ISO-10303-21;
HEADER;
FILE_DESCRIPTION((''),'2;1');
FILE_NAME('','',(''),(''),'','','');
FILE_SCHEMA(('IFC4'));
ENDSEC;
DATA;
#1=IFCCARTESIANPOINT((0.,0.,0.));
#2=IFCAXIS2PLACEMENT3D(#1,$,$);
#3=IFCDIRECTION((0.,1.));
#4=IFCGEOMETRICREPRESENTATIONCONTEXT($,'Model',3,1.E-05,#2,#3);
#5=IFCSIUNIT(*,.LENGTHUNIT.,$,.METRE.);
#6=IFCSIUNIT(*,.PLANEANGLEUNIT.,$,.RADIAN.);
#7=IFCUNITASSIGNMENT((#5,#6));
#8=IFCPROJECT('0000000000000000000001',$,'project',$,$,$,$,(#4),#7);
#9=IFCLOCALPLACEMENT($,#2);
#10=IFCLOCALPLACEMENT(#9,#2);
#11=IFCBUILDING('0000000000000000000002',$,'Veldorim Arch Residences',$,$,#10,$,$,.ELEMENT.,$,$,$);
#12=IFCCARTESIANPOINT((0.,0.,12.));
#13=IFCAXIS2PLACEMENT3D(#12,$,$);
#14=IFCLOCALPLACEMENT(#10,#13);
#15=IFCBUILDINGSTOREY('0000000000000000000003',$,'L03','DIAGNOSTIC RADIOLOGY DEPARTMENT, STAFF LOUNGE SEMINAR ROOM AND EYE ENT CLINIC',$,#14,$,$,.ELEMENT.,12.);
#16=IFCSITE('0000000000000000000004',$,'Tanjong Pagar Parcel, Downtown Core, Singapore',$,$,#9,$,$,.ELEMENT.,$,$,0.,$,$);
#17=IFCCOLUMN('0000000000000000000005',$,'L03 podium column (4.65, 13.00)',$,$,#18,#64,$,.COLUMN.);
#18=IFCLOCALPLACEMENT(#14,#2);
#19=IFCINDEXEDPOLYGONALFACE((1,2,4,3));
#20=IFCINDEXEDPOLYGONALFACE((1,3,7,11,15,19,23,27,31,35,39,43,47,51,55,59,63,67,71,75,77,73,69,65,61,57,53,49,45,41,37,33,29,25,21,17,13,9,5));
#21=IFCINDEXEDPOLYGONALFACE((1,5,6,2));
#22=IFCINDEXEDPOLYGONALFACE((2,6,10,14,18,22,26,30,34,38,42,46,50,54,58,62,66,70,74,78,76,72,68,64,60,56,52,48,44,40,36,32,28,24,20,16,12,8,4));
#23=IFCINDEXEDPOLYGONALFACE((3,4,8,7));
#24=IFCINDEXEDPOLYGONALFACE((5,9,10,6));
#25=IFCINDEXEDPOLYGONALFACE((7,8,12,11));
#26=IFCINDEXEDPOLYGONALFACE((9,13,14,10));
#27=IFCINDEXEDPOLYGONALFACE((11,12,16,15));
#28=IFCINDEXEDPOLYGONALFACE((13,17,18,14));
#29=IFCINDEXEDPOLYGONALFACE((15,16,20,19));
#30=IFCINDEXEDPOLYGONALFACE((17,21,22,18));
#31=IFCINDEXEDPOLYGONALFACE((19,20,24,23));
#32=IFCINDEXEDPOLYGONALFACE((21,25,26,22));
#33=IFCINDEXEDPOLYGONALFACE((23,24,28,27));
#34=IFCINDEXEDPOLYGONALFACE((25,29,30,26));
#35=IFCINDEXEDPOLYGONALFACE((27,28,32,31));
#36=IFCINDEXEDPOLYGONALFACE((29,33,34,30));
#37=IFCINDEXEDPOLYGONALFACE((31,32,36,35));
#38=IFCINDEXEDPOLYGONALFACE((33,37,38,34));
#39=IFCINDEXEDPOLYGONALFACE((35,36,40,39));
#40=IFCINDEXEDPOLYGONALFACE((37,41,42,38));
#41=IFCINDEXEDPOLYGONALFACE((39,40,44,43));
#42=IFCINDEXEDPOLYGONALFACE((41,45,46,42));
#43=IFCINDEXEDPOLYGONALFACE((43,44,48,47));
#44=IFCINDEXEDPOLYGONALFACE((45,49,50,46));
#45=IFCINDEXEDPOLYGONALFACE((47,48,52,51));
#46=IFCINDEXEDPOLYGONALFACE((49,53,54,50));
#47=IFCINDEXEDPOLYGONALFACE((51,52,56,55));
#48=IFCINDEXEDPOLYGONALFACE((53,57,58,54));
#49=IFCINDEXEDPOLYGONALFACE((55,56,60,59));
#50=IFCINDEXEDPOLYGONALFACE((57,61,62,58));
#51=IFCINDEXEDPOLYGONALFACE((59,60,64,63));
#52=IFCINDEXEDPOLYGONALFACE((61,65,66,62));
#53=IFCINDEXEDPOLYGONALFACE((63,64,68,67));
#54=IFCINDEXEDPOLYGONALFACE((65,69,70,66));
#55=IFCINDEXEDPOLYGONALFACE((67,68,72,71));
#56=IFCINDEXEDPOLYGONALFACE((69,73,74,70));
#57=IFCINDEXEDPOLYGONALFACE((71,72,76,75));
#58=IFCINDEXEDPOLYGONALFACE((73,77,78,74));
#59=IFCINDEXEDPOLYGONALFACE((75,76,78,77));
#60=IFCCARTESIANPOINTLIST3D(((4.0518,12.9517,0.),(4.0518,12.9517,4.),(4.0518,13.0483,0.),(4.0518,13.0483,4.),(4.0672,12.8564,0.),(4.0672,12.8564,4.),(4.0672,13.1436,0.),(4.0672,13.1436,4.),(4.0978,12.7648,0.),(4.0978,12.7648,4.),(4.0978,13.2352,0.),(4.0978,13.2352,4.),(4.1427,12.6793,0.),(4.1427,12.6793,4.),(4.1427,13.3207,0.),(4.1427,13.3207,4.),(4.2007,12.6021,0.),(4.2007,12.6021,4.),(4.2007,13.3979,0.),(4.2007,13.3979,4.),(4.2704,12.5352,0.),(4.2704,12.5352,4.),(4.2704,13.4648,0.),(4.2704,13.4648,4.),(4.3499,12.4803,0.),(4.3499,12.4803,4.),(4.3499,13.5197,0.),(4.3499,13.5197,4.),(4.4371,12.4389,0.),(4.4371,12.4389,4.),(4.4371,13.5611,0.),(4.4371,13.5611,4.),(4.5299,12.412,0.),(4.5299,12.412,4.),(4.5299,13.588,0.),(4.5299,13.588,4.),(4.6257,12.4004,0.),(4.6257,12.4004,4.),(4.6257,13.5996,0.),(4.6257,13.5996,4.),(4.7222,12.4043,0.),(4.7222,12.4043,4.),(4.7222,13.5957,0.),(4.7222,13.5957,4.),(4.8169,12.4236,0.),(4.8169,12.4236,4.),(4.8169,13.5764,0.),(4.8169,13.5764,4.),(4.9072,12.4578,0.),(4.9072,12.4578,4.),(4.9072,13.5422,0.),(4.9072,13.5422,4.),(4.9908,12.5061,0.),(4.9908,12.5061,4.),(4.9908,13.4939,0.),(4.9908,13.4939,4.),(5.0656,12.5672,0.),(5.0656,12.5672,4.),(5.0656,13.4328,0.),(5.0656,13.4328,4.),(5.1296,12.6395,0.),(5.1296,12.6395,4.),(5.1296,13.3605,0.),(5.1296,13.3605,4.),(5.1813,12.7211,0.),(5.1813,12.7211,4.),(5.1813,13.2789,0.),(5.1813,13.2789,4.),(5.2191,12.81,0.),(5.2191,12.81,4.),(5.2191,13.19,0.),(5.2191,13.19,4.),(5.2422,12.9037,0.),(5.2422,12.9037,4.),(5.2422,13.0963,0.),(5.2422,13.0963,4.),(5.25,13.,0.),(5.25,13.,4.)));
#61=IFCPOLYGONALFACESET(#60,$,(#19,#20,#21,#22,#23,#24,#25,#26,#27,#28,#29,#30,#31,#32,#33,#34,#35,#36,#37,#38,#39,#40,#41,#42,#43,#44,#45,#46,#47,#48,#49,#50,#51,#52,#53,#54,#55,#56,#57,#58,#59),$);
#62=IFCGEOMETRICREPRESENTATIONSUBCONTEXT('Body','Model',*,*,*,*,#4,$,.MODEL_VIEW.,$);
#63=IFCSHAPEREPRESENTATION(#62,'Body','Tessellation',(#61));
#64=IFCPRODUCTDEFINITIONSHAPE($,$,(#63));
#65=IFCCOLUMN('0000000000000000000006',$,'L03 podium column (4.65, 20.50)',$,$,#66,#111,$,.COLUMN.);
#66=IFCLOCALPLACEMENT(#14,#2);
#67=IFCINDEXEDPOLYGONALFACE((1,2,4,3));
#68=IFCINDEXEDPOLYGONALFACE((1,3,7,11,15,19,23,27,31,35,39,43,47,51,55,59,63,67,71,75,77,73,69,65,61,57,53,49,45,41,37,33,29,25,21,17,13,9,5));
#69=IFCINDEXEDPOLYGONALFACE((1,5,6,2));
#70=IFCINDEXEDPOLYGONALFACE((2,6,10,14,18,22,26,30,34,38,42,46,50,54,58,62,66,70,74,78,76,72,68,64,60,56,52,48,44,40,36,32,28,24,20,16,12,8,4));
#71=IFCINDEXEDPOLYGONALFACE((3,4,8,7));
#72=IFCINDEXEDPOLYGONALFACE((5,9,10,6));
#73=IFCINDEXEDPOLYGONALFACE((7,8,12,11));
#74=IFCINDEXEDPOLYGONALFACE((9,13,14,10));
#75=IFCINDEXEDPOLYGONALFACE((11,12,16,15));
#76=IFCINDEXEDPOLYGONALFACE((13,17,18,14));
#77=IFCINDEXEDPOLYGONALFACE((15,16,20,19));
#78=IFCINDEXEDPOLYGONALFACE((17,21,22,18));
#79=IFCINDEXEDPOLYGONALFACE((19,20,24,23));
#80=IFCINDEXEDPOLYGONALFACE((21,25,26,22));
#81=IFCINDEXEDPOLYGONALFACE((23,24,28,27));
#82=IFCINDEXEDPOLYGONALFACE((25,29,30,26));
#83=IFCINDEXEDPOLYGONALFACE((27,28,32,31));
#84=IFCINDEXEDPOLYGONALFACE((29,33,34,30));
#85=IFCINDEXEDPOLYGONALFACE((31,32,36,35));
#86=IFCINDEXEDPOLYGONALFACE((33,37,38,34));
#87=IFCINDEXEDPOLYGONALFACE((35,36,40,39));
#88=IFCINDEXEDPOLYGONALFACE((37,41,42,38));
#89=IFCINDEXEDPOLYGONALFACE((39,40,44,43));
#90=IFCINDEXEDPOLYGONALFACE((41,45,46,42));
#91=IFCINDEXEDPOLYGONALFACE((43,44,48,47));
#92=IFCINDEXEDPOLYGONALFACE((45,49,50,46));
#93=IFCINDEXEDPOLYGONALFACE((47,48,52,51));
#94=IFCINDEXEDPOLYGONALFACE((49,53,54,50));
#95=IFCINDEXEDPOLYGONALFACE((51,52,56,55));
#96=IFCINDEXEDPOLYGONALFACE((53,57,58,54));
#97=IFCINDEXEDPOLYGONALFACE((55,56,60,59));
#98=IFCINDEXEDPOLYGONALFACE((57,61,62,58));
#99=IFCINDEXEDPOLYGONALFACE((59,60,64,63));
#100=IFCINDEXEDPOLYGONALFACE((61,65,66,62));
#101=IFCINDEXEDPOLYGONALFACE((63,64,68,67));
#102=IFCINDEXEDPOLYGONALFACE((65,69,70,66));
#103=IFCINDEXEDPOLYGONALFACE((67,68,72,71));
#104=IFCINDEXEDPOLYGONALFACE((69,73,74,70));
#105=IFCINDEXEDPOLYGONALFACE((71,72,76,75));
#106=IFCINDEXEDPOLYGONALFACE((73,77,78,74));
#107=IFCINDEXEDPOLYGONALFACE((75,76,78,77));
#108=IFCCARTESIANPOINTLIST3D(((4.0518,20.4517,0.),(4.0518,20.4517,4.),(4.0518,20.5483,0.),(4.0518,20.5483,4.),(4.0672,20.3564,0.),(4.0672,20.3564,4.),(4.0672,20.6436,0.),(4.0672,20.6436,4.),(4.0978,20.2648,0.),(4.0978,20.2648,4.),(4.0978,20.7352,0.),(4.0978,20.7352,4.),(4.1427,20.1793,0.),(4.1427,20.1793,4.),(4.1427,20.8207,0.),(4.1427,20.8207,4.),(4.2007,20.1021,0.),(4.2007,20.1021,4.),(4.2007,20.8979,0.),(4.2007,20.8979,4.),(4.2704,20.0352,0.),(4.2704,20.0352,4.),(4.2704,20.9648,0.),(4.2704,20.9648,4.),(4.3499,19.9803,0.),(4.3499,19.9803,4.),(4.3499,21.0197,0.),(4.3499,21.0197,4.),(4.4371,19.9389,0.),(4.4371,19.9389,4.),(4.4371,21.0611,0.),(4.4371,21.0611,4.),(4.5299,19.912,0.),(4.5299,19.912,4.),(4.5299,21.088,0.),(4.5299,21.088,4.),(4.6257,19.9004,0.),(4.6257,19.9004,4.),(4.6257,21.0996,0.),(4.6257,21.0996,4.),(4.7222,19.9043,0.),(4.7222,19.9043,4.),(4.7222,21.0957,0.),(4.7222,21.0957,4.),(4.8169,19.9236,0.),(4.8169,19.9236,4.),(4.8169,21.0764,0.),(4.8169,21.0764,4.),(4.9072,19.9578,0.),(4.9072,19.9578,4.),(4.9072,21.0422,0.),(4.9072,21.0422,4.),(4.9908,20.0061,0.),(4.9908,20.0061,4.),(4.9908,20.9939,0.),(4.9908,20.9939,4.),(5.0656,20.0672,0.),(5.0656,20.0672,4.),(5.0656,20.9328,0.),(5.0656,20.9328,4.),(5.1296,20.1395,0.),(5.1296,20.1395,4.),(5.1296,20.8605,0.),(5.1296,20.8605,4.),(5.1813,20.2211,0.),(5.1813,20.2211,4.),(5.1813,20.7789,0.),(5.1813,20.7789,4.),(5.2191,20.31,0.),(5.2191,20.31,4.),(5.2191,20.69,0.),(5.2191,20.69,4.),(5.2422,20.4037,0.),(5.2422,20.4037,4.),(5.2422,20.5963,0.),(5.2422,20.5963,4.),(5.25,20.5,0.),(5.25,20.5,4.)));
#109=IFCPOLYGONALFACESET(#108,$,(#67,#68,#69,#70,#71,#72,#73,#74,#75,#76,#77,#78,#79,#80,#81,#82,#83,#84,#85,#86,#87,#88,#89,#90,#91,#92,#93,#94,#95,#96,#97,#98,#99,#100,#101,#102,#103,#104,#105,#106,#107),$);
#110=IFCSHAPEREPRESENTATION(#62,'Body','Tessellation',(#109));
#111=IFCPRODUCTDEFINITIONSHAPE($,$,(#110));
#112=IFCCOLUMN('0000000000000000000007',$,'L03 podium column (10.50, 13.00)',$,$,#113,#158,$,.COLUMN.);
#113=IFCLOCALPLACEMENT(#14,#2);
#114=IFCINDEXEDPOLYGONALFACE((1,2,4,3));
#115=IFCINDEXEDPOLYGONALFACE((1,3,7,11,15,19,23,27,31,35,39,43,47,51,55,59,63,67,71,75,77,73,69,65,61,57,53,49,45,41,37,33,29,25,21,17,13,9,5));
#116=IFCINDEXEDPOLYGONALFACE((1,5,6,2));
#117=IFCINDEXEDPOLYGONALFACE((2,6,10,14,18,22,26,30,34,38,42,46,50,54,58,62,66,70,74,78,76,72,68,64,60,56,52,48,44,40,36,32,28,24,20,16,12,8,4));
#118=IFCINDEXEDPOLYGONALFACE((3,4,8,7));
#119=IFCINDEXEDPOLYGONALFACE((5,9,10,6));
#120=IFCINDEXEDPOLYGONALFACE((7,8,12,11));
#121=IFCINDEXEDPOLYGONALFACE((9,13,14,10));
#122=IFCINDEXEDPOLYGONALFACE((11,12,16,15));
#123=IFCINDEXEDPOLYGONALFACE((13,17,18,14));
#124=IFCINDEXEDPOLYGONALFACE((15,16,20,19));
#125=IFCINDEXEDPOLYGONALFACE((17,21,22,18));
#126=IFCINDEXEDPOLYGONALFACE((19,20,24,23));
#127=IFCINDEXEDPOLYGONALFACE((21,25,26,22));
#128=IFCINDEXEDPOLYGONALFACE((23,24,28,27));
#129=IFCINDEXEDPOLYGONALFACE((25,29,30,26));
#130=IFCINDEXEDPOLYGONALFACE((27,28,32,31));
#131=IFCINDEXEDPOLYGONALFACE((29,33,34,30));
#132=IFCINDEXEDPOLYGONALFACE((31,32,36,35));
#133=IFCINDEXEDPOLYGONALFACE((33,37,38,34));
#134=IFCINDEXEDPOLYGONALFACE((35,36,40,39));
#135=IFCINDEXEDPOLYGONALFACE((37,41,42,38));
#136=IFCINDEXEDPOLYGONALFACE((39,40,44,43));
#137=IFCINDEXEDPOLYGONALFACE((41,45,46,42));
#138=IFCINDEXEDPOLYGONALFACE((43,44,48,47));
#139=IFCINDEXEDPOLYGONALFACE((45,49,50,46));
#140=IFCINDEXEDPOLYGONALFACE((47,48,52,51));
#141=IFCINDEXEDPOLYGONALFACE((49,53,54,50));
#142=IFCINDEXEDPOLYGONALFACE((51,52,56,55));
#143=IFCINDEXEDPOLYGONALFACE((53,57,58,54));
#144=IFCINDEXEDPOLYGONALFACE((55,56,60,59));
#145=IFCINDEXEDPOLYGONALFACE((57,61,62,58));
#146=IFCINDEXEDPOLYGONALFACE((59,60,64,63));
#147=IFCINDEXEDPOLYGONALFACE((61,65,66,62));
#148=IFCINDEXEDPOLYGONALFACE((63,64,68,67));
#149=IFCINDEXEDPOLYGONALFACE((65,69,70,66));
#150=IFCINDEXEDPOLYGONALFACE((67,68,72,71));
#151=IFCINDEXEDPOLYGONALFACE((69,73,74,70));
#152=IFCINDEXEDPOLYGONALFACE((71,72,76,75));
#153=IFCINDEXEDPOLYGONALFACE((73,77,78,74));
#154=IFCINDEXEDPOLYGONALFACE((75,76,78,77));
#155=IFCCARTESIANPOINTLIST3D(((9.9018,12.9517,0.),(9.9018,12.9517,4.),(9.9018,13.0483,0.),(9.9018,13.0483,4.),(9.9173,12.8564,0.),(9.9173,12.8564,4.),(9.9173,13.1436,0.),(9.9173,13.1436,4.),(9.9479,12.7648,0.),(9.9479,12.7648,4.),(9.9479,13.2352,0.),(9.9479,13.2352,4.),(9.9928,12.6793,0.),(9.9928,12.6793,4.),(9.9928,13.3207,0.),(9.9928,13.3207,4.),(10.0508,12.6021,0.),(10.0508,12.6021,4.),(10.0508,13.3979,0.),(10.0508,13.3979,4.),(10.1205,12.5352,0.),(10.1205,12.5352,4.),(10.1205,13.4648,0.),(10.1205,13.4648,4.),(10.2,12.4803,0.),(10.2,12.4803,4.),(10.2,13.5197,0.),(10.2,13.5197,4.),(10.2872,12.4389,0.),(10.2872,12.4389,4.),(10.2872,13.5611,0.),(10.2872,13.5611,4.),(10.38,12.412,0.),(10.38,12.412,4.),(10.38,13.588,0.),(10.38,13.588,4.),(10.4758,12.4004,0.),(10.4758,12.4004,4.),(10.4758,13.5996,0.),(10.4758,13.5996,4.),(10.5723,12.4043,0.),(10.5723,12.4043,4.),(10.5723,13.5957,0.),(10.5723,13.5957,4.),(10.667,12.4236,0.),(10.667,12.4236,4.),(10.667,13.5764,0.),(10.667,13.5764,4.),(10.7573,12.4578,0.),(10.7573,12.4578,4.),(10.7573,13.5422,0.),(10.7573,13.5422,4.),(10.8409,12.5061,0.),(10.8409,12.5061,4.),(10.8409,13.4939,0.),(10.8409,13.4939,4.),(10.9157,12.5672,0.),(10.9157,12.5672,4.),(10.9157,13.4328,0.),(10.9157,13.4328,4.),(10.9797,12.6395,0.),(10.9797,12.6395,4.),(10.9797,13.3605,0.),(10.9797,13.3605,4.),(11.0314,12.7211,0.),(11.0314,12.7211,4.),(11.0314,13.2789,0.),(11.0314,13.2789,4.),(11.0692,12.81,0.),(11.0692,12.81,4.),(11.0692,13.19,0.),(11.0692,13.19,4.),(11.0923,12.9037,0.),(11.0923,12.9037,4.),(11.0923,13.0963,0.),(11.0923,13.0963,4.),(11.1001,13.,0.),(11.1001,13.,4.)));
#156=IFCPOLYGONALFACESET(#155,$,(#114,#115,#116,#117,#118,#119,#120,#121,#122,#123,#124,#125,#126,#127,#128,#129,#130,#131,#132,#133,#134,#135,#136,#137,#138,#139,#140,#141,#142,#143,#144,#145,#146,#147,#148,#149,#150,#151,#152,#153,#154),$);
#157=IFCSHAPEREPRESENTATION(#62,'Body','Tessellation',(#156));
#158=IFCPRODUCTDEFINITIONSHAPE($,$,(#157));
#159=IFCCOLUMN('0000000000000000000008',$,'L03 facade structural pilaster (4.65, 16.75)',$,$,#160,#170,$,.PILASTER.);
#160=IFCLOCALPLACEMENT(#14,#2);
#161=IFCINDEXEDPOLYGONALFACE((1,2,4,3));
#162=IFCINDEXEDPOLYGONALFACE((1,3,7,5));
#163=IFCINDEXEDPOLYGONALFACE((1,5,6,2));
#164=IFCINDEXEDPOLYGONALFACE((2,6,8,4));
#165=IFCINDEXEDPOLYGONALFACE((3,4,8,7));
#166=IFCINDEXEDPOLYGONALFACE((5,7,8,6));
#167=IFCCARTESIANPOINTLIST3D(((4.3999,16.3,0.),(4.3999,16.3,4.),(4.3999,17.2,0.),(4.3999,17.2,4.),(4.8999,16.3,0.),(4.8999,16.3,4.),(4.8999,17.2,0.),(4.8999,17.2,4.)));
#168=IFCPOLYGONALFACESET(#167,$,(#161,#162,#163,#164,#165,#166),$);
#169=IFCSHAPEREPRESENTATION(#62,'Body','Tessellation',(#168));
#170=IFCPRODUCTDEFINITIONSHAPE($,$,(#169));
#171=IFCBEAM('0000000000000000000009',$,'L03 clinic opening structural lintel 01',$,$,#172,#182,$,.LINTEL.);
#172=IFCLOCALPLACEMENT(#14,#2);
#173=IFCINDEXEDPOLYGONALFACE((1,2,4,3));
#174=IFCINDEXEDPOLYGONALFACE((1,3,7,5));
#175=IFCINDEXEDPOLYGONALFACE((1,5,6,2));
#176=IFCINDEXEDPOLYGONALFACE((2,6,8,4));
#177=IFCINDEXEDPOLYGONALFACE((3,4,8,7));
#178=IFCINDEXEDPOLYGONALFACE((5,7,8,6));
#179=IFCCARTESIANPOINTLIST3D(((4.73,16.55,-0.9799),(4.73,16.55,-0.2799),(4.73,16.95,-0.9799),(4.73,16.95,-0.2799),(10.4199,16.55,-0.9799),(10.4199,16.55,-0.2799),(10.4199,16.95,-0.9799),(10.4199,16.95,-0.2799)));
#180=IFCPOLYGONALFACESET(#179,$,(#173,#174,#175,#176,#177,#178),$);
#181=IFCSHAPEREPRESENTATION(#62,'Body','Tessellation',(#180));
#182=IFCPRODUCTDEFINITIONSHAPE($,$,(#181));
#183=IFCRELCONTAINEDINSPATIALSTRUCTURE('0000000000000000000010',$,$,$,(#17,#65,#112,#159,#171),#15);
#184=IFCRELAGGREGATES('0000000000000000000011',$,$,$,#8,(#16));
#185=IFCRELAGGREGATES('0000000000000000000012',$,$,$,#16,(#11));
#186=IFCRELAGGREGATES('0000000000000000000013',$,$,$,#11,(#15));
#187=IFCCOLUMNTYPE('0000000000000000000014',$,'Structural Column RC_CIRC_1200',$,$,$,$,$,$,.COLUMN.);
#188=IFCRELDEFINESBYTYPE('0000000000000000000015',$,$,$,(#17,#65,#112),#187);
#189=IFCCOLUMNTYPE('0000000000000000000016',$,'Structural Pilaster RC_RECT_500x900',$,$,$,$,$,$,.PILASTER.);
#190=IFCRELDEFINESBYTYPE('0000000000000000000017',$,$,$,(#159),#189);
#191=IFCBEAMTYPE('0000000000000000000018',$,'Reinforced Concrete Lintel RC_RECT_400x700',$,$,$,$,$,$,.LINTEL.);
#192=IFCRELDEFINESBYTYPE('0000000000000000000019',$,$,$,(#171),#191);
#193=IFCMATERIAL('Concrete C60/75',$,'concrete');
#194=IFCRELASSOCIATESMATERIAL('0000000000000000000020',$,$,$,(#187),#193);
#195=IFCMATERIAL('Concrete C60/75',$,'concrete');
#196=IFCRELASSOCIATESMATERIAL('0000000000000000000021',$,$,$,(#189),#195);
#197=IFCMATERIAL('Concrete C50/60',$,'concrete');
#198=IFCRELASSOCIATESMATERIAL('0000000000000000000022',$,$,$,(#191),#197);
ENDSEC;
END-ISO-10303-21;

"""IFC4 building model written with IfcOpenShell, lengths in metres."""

from ifc_helpers import new_model, si_unit, direction, frame, origin, origin_2d, place, context, subcontext, project, spatial, rectangle, circle, extrude, material, material_profile, profile_set, type_object, element, save


model = new_model("IFC4")

# Units and contexts
model_context = context("Model", 3, precision=1e-05, world=origin(), true_north=direction((0.0, 1.0)))
body_context = subcontext(model_context, "Body", "Model", "MODEL_VIEW")
ifc_project = project(units=[si_unit("LENGTHUNIT", "METRE"), si_unit("PLANEANGLEUNIT", "RADIAN")], contexts=[model_context])

# Site, building, storey
site_placement = place(None, origin())
site = spatial("IfcSite", under=ifc_project, at=site_placement, Name="Tanjong Pagar Parcel, Downtown Core, Singapore", CompositionType="ELEMENT", RefElevation=0.0)
building_placement = place(site_placement, origin())
building = spatial("IfcBuilding", under=site, at=building_placement, Name="Veldorim Arch Residences", CompositionType="ELEMENT")
storey_placement = place(building_placement, frame((0.0, 0.0, 12.0)))
storey = spatial("IfcBuildingStorey", under=building, at=storey_placement, Name="L03", Description="DIAGNOSTIC RADIOLOGY DEPARTMENT, STAFF LOUNGE SEMINAR ROOM AND EYE ENT CLINIC", CompositionType="ELEMENT", Elevation=12.0)

# Columns
ifc_material_1 = material(Name="Concrete C60/75", Category="concrete")
ifc_material_profile_1 = material_profile(ifc_material_1, circle(Radius=0.6001, at=origin_2d()), Name="RC_CIRC_1200")
ifc_profile_set_1 = profile_set([ifc_material_profile_1], Name="Concrete C60/75")
column_type_1 = type_object("IfcColumnType", Name="Structural Column RC_CIRC_1200", PredefinedType="COLUMN", material=ifc_profile_set_1)
for number, where, z_axis, x_axis, name in (
    (1, (4.6499, 13.0, 0.0), (0.0, 0.0, 1.0), (1.0, 0.0, 0.0), "L03 podium column (4.65, 13.00)"),
    (2, (4.6499, 20.5, 0.0), (0.0, 0.0, 1.0), (1.0, 0.0, 0.0), "L03 podium column (4.65, 20.50)"),
    (3, (10.5, 13.0, 0.0), (0.0, 0.0, 1.0), (1.0, 0.0, 0.0), "L03 podium column (10.50, 13.00)"),
):
    element("IfcColumn", number, at=place(storey_placement, frame(where, z_axis=z_axis, x_axis=x_axis)), inside=storey, type_object=column_type_1, Name=name, PredefinedType="COLUMN", context=body_context, shape_type="SweptSolid", body=[
        extrude(circle(Radius=0.6001, at=origin_2d()), origin(), (0.0, 0.0, 1.0), 4.0),
    ])
ifc_material_2 = material(Name="Concrete C60/75", Category="concrete")
ifc_material_profile_2 = material_profile(ifc_material_2, rectangle(XDim=0.5, YDim=0.8999, at=origin_2d()), Name="RC_RECT_500x900")
ifc_profile_set_2 = profile_set([ifc_material_profile_2], Name="Concrete C60/75")
column_type_2 = type_object("IfcColumnType", Name="Structural Pilaster RC_RECT_500x900", PredefinedType="PILASTER", material=ifc_profile_set_2)
column_placement = place(storey_placement, frame((4.6499, 16.75, 0.0), z_axis=(0.0, 0.0, 1.0), x_axis=(1.0, 0.0, 0.0)))
element("IfcColumn", 4, at=column_placement, inside=storey, type_object=column_type_2, Name="L03 facade structural pilaster (4.65, 16.75)", PredefinedType="PILASTER", context=body_context, shape_type="SweptSolid", body=[
    extrude(rectangle(XDim=0.5, YDim=0.8999, at=origin_2d()), origin(), (0.0, 0.0, 1.0), 4.0),
])

# Beam
ifc_material_3 = material(Name="Concrete C50/60", Category="concrete")
ifc_material_profile_3 = material_profile(ifc_material_3, rectangle(XDim=0.3999, YDim=0.7, at=origin_2d()), Name="RC_RECT_400x700")
ifc_profile_set_3 = profile_set([ifc_material_profile_3], Name="Concrete C50/60")
beam_type_1 = type_object("IfcBeamType", Name="Reinforced Concrete Lintel RC_RECT_400x700", PredefinedType="LINTEL", material=ifc_profile_set_3)
beam_1_placement = place(storey_placement, frame((4.73, 16.75, -0.6299), z_axis=(1.0, 0.0, 0.0), x_axis=(0.0, 1.0, 0.0)))
element("IfcBeam", 5, at=beam_1_placement, inside=storey, type_object=beam_type_1, Name="L03 clinic opening structural lintel 01", PredefinedType="LINTEL", context=body_context, shape_type="SweptSolid", body=[
    extrude(rectangle(XDim=0.3999, YDim=0.7, at=origin_2d()), origin(), (0.0, 0.0, 1.0), 5.6899),
])

save(model, "model.ifc")
